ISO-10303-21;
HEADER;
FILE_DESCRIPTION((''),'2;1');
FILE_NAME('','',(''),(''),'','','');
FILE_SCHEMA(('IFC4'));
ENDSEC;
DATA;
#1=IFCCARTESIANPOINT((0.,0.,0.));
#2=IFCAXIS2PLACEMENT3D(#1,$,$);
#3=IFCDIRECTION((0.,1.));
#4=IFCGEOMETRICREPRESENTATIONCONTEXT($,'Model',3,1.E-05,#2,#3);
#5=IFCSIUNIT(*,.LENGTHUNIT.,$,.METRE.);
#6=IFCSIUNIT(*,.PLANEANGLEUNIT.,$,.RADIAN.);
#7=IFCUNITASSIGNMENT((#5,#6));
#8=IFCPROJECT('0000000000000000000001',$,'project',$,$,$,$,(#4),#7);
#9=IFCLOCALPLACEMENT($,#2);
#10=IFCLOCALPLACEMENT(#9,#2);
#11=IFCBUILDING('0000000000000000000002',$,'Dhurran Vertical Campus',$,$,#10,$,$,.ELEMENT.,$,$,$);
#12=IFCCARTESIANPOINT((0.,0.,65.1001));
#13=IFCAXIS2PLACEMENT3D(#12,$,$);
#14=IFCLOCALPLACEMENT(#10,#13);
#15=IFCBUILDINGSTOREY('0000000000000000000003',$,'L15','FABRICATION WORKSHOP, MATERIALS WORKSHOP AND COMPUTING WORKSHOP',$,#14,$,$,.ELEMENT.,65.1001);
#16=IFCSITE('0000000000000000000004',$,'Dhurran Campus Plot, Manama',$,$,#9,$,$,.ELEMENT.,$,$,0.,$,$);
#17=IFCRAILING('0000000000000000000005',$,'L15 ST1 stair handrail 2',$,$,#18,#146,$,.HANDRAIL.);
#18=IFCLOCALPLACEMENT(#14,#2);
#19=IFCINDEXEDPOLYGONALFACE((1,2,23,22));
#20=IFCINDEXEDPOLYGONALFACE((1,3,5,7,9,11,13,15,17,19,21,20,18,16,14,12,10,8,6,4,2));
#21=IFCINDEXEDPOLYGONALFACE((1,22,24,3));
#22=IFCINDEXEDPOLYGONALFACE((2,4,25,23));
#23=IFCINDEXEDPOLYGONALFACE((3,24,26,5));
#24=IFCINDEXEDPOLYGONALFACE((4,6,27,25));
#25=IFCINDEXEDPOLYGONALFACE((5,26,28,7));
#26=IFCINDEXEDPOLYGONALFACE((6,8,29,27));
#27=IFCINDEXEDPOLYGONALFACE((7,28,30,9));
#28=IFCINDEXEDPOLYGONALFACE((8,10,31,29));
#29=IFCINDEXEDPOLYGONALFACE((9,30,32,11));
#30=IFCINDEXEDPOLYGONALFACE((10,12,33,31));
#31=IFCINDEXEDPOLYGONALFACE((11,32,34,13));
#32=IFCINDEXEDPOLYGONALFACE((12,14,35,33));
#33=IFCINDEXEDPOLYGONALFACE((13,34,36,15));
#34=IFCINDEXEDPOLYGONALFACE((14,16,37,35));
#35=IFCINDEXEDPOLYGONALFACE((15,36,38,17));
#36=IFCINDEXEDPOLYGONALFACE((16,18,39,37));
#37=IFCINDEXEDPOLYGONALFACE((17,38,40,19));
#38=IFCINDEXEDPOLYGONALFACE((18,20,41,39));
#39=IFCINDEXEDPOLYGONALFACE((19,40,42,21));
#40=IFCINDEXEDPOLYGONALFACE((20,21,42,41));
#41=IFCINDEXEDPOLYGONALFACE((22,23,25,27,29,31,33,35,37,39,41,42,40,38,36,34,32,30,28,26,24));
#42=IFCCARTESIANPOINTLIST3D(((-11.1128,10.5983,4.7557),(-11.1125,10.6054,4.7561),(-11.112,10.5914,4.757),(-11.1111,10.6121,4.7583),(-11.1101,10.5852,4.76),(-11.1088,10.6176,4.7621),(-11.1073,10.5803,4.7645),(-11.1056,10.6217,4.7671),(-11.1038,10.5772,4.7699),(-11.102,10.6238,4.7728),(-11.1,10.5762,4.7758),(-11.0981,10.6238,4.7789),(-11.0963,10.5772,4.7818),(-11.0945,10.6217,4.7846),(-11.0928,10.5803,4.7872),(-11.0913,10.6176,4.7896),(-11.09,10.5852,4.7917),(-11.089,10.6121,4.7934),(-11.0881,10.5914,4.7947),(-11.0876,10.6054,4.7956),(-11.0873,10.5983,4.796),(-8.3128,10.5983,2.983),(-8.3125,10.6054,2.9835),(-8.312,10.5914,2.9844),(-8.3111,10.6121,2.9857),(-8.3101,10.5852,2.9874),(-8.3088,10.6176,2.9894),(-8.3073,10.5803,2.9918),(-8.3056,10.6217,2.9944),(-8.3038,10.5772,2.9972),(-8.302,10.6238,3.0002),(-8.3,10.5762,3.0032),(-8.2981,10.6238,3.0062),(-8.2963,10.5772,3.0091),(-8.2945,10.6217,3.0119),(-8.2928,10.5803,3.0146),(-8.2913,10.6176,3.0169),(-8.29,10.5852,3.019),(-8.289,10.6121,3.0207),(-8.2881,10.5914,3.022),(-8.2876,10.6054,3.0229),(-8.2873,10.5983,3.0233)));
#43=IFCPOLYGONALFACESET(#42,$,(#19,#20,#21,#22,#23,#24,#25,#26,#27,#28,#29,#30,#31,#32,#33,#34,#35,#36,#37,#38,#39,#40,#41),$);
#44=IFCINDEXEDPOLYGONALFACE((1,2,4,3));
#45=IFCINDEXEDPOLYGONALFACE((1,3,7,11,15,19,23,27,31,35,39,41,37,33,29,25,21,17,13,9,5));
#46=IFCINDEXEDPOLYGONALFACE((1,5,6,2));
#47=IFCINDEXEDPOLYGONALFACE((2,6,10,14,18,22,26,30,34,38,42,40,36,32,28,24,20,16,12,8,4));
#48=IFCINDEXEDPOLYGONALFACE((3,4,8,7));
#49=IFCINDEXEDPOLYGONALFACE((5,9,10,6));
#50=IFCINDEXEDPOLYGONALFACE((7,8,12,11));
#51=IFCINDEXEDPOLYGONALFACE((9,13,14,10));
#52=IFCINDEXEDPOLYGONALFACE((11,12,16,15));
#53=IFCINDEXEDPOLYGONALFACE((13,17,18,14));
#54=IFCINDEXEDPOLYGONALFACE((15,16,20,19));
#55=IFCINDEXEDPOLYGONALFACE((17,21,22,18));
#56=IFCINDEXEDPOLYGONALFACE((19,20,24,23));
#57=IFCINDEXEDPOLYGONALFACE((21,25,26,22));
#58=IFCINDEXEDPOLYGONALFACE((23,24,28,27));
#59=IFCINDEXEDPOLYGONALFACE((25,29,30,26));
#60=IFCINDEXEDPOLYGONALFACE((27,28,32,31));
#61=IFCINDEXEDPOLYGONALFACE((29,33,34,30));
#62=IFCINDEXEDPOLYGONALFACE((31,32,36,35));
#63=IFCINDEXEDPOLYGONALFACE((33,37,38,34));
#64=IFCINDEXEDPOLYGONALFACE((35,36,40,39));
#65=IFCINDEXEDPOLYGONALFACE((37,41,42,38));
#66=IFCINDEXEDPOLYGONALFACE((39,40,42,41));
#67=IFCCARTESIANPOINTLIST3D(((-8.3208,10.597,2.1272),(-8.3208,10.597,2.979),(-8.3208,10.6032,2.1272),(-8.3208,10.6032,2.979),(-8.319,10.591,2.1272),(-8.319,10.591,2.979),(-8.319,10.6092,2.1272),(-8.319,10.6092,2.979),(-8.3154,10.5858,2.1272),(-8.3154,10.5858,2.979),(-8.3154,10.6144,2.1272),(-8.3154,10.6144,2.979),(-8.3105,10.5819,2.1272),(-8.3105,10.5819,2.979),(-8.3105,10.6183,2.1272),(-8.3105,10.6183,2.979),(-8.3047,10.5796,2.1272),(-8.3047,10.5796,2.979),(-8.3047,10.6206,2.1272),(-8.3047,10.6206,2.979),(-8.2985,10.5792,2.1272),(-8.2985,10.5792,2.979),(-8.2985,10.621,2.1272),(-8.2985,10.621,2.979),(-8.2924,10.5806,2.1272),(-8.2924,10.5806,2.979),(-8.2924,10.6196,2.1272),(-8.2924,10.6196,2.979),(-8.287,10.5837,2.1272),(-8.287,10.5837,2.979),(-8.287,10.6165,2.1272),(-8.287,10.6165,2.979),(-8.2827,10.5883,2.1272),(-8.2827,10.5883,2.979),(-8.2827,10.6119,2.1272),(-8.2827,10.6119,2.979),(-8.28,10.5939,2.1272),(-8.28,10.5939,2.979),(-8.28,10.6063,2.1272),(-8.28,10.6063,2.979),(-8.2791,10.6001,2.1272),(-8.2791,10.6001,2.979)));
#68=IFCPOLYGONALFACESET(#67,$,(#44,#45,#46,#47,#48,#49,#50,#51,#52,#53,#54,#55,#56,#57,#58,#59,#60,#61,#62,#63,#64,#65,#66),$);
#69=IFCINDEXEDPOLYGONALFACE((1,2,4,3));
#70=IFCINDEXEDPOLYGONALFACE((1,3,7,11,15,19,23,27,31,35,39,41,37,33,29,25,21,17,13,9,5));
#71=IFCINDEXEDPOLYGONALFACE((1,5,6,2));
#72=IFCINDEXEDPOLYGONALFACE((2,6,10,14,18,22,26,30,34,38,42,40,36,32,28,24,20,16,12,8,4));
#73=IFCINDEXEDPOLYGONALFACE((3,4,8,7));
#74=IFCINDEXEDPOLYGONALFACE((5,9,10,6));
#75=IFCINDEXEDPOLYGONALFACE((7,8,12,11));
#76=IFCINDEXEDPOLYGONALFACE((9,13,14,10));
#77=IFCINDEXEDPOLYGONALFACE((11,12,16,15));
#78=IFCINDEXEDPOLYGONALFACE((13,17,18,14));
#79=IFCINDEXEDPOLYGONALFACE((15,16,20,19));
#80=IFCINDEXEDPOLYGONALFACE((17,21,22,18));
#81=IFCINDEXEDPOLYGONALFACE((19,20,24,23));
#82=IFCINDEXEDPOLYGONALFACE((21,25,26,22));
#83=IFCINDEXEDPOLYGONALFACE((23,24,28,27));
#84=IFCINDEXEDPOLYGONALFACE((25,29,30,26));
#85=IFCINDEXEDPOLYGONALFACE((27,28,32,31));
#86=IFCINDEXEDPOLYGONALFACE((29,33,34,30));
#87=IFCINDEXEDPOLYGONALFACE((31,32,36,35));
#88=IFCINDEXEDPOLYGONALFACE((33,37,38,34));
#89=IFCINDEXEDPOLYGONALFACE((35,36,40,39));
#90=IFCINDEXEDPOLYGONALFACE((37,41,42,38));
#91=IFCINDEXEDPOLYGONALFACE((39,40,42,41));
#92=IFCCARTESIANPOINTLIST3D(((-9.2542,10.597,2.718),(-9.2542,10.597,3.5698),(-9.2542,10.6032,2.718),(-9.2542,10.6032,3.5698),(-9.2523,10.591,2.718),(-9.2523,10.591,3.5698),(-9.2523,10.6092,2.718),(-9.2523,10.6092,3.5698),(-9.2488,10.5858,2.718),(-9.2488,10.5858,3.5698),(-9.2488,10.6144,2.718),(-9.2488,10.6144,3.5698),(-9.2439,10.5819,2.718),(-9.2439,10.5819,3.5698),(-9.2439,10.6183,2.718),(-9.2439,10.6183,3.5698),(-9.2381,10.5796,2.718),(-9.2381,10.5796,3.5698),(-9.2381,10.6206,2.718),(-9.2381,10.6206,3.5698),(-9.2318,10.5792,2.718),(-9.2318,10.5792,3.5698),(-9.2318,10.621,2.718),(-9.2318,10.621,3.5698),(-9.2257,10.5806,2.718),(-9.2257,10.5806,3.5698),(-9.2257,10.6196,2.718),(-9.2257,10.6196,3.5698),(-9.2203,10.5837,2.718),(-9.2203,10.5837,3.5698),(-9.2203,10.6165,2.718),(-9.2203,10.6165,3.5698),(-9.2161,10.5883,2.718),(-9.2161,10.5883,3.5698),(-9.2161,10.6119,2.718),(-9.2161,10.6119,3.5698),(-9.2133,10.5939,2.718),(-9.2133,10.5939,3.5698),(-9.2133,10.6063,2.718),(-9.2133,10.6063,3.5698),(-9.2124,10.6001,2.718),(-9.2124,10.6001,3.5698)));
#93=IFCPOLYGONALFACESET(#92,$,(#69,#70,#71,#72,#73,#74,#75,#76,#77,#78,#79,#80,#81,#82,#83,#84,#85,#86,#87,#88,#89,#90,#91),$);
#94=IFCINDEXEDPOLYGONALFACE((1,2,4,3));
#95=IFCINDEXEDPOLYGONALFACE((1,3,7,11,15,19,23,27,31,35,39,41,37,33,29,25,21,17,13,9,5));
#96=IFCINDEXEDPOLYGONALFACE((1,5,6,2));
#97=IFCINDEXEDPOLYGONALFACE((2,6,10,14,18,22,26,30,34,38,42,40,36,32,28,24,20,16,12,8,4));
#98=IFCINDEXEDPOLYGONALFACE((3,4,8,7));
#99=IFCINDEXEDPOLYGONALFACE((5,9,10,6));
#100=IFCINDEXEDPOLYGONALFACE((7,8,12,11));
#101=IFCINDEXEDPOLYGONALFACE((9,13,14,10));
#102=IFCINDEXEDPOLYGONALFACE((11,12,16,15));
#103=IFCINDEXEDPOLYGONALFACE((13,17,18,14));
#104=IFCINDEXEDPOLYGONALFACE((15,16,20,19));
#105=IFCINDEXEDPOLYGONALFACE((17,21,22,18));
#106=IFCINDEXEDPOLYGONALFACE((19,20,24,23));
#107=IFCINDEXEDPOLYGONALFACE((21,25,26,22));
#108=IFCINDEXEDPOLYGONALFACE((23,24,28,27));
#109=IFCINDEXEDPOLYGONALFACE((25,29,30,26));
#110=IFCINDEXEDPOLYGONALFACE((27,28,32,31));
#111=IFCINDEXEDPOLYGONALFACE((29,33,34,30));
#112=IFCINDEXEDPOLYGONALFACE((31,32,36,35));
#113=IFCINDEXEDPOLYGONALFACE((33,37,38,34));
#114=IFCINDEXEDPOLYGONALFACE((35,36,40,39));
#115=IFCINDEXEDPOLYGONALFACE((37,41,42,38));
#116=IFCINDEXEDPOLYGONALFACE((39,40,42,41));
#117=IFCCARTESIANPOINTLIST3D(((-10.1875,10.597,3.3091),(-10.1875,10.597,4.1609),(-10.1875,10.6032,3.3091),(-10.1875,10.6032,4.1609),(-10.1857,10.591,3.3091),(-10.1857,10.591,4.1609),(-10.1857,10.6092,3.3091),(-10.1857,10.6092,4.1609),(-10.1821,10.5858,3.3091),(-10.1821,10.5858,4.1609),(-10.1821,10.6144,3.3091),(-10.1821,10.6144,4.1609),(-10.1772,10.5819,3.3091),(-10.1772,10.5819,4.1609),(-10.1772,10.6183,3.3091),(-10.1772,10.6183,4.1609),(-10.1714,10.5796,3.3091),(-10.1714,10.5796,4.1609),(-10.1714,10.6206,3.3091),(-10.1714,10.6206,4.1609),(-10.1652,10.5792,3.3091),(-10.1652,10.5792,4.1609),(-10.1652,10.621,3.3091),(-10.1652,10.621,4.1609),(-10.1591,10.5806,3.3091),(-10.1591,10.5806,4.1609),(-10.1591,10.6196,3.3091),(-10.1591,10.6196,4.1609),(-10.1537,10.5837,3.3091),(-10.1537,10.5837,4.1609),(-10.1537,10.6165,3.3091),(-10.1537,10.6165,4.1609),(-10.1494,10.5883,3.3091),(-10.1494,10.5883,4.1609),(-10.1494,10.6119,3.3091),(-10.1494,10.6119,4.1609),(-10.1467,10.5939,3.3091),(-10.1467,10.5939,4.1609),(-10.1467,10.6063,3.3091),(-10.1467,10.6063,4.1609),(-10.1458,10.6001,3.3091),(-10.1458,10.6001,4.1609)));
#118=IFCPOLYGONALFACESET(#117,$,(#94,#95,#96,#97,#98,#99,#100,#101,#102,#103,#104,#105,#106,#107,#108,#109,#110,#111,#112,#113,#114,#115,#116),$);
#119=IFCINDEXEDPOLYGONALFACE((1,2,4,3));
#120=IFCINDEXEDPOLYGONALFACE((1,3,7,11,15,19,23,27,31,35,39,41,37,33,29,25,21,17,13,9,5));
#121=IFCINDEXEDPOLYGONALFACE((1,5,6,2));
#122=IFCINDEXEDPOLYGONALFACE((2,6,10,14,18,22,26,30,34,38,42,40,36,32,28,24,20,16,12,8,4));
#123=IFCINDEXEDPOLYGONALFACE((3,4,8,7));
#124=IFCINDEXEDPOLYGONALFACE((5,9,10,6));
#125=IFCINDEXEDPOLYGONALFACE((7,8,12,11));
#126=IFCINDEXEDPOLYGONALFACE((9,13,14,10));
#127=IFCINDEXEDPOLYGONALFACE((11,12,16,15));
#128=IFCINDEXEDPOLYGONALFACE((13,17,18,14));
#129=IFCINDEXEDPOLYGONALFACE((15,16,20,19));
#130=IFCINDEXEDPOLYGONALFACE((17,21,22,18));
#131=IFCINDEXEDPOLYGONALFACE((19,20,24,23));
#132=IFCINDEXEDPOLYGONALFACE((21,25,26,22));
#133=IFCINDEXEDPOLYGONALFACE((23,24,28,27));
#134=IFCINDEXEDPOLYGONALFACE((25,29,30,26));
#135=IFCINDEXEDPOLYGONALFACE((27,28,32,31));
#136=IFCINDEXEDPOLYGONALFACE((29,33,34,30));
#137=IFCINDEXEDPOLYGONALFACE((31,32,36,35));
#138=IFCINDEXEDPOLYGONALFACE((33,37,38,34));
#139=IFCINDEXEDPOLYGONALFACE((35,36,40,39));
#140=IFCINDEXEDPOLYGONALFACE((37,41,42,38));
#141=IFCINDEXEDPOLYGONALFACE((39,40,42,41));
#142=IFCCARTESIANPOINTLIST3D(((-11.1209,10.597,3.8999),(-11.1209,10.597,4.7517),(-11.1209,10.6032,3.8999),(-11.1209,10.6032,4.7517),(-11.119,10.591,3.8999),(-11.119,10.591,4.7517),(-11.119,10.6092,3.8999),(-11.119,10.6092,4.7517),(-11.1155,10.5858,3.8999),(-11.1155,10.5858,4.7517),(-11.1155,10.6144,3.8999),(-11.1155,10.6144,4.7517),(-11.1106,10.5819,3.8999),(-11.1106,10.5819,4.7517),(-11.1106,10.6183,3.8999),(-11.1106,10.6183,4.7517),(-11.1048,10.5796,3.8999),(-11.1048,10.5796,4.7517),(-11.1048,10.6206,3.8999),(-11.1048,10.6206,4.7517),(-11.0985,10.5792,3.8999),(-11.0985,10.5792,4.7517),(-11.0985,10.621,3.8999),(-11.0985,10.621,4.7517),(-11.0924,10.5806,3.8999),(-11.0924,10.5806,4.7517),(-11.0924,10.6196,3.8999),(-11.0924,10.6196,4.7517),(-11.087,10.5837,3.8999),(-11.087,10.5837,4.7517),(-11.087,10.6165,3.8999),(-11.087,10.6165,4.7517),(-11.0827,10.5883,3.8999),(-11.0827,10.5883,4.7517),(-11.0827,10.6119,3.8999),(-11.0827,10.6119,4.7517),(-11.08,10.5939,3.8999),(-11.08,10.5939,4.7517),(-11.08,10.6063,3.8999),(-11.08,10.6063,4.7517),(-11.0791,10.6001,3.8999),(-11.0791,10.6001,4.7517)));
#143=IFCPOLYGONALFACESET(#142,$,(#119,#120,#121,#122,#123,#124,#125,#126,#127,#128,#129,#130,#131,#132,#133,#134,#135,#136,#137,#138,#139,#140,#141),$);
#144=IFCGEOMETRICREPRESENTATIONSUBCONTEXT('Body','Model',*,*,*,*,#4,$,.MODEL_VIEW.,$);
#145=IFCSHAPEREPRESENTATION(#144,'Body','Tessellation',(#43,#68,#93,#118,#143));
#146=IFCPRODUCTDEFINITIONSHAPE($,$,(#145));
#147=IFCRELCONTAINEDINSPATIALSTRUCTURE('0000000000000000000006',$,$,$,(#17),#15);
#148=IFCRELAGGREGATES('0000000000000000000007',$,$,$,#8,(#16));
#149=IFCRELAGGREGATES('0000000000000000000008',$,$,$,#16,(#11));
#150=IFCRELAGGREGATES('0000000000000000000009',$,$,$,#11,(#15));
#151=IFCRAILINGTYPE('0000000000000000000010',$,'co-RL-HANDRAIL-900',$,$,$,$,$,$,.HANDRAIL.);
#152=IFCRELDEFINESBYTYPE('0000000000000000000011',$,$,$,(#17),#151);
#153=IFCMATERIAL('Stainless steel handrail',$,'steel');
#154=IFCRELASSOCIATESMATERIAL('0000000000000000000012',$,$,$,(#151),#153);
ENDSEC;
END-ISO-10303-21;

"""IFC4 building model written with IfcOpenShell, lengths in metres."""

from ifc_helpers import new_model, si_unit, direction, frame, origin, origin_2d, place, context, subcontext, project, spatial, circle, extrude, material, type_object, element, save


model = new_model("IFC4")

# Units and contexts
model_context = context("Model", 3, precision=1e-05, world=origin(), true_north=direction((0.0, 1.0)))
body_context = subcontext(model_context, "Body", "Model", "MODEL_VIEW")
ifc_project = project(units=[si_unit("LENGTHUNIT", "METRE"), si_unit("PLANEANGLEUNIT", "RADIAN")], contexts=[model_context])

# Site, building, storey
site_placement = place(None, origin())
site = spatial("IfcSite", under=ifc_project, at=site_placement, Name="Dhurran Campus Plot, Manama", CompositionType="ELEMENT", RefElevation=0.0)
building_placement = place(site_placement, origin())
building = spatial("IfcBuilding", under=site, at=building_placement, Name="Dhurran Vertical Campus", CompositionType="ELEMENT")
storey_placement = place(building_placement, frame((0.0, 0.0, 65.1001)))
storey = spatial("IfcBuildingStorey", under=building, at=storey_placement, Name="L15", Description="FABRICATION WORKSHOP, MATERIALS WORKSHOP AND COMPUTING WORKSHOP", CompositionType="ELEMENT", Elevation=65.1001)

# Railing
ifc_material_1 = material(Name="Stainless steel handrail", Category="steel")
railing_type_1 = type_object("IfcRailingType", Name="co-RL-HANDRAIL-900", PredefinedType="HANDRAIL", material=ifc_material_1)
railing_1_placement = place(storey_placement, frame((-8.3, 10.6001, 2.1272)))
element("IfcRailing", 1, at=railing_1_placement, inside=storey, type_object=railing_type_1, Name="L15 ST1 stair handrail 2", PredefinedType="HANDRAIL", context=body_context, shape_type="SweptSolid", body=[
    extrude(circle(Radius=0.0239, at=origin_2d()), frame((0.0, 0.0, 0.876), z_axis=(-0.844909, 0.0, 0.53491), x_axis=(0.0, -1.0, 0.0)), (0.0, 0.0, 1.0), 3.314),
    extrude(circle(Radius=0.021, at=origin_2d()), origin(), (0.0, 0.0, 1.0), 0.8518),
    extrude(circle(Radius=0.021, at=origin_2d()), frame((-0.9333, 0.0, 0.5908)), (0.0, 0.0, 1.0), 0.8518),
    extrude(circle(Radius=0.021, at=origin_2d()), frame((-1.8667, 0.0, 1.1819)), (0.0, 0.0, 1.0), 0.8518),
    extrude(circle(Radius=0.021, at=origin_2d()), frame((-2.8, 0.0, 1.7727)), (0.0, 0.0, 1.0), 0.8518),
])

save(model, "model.ifc")
